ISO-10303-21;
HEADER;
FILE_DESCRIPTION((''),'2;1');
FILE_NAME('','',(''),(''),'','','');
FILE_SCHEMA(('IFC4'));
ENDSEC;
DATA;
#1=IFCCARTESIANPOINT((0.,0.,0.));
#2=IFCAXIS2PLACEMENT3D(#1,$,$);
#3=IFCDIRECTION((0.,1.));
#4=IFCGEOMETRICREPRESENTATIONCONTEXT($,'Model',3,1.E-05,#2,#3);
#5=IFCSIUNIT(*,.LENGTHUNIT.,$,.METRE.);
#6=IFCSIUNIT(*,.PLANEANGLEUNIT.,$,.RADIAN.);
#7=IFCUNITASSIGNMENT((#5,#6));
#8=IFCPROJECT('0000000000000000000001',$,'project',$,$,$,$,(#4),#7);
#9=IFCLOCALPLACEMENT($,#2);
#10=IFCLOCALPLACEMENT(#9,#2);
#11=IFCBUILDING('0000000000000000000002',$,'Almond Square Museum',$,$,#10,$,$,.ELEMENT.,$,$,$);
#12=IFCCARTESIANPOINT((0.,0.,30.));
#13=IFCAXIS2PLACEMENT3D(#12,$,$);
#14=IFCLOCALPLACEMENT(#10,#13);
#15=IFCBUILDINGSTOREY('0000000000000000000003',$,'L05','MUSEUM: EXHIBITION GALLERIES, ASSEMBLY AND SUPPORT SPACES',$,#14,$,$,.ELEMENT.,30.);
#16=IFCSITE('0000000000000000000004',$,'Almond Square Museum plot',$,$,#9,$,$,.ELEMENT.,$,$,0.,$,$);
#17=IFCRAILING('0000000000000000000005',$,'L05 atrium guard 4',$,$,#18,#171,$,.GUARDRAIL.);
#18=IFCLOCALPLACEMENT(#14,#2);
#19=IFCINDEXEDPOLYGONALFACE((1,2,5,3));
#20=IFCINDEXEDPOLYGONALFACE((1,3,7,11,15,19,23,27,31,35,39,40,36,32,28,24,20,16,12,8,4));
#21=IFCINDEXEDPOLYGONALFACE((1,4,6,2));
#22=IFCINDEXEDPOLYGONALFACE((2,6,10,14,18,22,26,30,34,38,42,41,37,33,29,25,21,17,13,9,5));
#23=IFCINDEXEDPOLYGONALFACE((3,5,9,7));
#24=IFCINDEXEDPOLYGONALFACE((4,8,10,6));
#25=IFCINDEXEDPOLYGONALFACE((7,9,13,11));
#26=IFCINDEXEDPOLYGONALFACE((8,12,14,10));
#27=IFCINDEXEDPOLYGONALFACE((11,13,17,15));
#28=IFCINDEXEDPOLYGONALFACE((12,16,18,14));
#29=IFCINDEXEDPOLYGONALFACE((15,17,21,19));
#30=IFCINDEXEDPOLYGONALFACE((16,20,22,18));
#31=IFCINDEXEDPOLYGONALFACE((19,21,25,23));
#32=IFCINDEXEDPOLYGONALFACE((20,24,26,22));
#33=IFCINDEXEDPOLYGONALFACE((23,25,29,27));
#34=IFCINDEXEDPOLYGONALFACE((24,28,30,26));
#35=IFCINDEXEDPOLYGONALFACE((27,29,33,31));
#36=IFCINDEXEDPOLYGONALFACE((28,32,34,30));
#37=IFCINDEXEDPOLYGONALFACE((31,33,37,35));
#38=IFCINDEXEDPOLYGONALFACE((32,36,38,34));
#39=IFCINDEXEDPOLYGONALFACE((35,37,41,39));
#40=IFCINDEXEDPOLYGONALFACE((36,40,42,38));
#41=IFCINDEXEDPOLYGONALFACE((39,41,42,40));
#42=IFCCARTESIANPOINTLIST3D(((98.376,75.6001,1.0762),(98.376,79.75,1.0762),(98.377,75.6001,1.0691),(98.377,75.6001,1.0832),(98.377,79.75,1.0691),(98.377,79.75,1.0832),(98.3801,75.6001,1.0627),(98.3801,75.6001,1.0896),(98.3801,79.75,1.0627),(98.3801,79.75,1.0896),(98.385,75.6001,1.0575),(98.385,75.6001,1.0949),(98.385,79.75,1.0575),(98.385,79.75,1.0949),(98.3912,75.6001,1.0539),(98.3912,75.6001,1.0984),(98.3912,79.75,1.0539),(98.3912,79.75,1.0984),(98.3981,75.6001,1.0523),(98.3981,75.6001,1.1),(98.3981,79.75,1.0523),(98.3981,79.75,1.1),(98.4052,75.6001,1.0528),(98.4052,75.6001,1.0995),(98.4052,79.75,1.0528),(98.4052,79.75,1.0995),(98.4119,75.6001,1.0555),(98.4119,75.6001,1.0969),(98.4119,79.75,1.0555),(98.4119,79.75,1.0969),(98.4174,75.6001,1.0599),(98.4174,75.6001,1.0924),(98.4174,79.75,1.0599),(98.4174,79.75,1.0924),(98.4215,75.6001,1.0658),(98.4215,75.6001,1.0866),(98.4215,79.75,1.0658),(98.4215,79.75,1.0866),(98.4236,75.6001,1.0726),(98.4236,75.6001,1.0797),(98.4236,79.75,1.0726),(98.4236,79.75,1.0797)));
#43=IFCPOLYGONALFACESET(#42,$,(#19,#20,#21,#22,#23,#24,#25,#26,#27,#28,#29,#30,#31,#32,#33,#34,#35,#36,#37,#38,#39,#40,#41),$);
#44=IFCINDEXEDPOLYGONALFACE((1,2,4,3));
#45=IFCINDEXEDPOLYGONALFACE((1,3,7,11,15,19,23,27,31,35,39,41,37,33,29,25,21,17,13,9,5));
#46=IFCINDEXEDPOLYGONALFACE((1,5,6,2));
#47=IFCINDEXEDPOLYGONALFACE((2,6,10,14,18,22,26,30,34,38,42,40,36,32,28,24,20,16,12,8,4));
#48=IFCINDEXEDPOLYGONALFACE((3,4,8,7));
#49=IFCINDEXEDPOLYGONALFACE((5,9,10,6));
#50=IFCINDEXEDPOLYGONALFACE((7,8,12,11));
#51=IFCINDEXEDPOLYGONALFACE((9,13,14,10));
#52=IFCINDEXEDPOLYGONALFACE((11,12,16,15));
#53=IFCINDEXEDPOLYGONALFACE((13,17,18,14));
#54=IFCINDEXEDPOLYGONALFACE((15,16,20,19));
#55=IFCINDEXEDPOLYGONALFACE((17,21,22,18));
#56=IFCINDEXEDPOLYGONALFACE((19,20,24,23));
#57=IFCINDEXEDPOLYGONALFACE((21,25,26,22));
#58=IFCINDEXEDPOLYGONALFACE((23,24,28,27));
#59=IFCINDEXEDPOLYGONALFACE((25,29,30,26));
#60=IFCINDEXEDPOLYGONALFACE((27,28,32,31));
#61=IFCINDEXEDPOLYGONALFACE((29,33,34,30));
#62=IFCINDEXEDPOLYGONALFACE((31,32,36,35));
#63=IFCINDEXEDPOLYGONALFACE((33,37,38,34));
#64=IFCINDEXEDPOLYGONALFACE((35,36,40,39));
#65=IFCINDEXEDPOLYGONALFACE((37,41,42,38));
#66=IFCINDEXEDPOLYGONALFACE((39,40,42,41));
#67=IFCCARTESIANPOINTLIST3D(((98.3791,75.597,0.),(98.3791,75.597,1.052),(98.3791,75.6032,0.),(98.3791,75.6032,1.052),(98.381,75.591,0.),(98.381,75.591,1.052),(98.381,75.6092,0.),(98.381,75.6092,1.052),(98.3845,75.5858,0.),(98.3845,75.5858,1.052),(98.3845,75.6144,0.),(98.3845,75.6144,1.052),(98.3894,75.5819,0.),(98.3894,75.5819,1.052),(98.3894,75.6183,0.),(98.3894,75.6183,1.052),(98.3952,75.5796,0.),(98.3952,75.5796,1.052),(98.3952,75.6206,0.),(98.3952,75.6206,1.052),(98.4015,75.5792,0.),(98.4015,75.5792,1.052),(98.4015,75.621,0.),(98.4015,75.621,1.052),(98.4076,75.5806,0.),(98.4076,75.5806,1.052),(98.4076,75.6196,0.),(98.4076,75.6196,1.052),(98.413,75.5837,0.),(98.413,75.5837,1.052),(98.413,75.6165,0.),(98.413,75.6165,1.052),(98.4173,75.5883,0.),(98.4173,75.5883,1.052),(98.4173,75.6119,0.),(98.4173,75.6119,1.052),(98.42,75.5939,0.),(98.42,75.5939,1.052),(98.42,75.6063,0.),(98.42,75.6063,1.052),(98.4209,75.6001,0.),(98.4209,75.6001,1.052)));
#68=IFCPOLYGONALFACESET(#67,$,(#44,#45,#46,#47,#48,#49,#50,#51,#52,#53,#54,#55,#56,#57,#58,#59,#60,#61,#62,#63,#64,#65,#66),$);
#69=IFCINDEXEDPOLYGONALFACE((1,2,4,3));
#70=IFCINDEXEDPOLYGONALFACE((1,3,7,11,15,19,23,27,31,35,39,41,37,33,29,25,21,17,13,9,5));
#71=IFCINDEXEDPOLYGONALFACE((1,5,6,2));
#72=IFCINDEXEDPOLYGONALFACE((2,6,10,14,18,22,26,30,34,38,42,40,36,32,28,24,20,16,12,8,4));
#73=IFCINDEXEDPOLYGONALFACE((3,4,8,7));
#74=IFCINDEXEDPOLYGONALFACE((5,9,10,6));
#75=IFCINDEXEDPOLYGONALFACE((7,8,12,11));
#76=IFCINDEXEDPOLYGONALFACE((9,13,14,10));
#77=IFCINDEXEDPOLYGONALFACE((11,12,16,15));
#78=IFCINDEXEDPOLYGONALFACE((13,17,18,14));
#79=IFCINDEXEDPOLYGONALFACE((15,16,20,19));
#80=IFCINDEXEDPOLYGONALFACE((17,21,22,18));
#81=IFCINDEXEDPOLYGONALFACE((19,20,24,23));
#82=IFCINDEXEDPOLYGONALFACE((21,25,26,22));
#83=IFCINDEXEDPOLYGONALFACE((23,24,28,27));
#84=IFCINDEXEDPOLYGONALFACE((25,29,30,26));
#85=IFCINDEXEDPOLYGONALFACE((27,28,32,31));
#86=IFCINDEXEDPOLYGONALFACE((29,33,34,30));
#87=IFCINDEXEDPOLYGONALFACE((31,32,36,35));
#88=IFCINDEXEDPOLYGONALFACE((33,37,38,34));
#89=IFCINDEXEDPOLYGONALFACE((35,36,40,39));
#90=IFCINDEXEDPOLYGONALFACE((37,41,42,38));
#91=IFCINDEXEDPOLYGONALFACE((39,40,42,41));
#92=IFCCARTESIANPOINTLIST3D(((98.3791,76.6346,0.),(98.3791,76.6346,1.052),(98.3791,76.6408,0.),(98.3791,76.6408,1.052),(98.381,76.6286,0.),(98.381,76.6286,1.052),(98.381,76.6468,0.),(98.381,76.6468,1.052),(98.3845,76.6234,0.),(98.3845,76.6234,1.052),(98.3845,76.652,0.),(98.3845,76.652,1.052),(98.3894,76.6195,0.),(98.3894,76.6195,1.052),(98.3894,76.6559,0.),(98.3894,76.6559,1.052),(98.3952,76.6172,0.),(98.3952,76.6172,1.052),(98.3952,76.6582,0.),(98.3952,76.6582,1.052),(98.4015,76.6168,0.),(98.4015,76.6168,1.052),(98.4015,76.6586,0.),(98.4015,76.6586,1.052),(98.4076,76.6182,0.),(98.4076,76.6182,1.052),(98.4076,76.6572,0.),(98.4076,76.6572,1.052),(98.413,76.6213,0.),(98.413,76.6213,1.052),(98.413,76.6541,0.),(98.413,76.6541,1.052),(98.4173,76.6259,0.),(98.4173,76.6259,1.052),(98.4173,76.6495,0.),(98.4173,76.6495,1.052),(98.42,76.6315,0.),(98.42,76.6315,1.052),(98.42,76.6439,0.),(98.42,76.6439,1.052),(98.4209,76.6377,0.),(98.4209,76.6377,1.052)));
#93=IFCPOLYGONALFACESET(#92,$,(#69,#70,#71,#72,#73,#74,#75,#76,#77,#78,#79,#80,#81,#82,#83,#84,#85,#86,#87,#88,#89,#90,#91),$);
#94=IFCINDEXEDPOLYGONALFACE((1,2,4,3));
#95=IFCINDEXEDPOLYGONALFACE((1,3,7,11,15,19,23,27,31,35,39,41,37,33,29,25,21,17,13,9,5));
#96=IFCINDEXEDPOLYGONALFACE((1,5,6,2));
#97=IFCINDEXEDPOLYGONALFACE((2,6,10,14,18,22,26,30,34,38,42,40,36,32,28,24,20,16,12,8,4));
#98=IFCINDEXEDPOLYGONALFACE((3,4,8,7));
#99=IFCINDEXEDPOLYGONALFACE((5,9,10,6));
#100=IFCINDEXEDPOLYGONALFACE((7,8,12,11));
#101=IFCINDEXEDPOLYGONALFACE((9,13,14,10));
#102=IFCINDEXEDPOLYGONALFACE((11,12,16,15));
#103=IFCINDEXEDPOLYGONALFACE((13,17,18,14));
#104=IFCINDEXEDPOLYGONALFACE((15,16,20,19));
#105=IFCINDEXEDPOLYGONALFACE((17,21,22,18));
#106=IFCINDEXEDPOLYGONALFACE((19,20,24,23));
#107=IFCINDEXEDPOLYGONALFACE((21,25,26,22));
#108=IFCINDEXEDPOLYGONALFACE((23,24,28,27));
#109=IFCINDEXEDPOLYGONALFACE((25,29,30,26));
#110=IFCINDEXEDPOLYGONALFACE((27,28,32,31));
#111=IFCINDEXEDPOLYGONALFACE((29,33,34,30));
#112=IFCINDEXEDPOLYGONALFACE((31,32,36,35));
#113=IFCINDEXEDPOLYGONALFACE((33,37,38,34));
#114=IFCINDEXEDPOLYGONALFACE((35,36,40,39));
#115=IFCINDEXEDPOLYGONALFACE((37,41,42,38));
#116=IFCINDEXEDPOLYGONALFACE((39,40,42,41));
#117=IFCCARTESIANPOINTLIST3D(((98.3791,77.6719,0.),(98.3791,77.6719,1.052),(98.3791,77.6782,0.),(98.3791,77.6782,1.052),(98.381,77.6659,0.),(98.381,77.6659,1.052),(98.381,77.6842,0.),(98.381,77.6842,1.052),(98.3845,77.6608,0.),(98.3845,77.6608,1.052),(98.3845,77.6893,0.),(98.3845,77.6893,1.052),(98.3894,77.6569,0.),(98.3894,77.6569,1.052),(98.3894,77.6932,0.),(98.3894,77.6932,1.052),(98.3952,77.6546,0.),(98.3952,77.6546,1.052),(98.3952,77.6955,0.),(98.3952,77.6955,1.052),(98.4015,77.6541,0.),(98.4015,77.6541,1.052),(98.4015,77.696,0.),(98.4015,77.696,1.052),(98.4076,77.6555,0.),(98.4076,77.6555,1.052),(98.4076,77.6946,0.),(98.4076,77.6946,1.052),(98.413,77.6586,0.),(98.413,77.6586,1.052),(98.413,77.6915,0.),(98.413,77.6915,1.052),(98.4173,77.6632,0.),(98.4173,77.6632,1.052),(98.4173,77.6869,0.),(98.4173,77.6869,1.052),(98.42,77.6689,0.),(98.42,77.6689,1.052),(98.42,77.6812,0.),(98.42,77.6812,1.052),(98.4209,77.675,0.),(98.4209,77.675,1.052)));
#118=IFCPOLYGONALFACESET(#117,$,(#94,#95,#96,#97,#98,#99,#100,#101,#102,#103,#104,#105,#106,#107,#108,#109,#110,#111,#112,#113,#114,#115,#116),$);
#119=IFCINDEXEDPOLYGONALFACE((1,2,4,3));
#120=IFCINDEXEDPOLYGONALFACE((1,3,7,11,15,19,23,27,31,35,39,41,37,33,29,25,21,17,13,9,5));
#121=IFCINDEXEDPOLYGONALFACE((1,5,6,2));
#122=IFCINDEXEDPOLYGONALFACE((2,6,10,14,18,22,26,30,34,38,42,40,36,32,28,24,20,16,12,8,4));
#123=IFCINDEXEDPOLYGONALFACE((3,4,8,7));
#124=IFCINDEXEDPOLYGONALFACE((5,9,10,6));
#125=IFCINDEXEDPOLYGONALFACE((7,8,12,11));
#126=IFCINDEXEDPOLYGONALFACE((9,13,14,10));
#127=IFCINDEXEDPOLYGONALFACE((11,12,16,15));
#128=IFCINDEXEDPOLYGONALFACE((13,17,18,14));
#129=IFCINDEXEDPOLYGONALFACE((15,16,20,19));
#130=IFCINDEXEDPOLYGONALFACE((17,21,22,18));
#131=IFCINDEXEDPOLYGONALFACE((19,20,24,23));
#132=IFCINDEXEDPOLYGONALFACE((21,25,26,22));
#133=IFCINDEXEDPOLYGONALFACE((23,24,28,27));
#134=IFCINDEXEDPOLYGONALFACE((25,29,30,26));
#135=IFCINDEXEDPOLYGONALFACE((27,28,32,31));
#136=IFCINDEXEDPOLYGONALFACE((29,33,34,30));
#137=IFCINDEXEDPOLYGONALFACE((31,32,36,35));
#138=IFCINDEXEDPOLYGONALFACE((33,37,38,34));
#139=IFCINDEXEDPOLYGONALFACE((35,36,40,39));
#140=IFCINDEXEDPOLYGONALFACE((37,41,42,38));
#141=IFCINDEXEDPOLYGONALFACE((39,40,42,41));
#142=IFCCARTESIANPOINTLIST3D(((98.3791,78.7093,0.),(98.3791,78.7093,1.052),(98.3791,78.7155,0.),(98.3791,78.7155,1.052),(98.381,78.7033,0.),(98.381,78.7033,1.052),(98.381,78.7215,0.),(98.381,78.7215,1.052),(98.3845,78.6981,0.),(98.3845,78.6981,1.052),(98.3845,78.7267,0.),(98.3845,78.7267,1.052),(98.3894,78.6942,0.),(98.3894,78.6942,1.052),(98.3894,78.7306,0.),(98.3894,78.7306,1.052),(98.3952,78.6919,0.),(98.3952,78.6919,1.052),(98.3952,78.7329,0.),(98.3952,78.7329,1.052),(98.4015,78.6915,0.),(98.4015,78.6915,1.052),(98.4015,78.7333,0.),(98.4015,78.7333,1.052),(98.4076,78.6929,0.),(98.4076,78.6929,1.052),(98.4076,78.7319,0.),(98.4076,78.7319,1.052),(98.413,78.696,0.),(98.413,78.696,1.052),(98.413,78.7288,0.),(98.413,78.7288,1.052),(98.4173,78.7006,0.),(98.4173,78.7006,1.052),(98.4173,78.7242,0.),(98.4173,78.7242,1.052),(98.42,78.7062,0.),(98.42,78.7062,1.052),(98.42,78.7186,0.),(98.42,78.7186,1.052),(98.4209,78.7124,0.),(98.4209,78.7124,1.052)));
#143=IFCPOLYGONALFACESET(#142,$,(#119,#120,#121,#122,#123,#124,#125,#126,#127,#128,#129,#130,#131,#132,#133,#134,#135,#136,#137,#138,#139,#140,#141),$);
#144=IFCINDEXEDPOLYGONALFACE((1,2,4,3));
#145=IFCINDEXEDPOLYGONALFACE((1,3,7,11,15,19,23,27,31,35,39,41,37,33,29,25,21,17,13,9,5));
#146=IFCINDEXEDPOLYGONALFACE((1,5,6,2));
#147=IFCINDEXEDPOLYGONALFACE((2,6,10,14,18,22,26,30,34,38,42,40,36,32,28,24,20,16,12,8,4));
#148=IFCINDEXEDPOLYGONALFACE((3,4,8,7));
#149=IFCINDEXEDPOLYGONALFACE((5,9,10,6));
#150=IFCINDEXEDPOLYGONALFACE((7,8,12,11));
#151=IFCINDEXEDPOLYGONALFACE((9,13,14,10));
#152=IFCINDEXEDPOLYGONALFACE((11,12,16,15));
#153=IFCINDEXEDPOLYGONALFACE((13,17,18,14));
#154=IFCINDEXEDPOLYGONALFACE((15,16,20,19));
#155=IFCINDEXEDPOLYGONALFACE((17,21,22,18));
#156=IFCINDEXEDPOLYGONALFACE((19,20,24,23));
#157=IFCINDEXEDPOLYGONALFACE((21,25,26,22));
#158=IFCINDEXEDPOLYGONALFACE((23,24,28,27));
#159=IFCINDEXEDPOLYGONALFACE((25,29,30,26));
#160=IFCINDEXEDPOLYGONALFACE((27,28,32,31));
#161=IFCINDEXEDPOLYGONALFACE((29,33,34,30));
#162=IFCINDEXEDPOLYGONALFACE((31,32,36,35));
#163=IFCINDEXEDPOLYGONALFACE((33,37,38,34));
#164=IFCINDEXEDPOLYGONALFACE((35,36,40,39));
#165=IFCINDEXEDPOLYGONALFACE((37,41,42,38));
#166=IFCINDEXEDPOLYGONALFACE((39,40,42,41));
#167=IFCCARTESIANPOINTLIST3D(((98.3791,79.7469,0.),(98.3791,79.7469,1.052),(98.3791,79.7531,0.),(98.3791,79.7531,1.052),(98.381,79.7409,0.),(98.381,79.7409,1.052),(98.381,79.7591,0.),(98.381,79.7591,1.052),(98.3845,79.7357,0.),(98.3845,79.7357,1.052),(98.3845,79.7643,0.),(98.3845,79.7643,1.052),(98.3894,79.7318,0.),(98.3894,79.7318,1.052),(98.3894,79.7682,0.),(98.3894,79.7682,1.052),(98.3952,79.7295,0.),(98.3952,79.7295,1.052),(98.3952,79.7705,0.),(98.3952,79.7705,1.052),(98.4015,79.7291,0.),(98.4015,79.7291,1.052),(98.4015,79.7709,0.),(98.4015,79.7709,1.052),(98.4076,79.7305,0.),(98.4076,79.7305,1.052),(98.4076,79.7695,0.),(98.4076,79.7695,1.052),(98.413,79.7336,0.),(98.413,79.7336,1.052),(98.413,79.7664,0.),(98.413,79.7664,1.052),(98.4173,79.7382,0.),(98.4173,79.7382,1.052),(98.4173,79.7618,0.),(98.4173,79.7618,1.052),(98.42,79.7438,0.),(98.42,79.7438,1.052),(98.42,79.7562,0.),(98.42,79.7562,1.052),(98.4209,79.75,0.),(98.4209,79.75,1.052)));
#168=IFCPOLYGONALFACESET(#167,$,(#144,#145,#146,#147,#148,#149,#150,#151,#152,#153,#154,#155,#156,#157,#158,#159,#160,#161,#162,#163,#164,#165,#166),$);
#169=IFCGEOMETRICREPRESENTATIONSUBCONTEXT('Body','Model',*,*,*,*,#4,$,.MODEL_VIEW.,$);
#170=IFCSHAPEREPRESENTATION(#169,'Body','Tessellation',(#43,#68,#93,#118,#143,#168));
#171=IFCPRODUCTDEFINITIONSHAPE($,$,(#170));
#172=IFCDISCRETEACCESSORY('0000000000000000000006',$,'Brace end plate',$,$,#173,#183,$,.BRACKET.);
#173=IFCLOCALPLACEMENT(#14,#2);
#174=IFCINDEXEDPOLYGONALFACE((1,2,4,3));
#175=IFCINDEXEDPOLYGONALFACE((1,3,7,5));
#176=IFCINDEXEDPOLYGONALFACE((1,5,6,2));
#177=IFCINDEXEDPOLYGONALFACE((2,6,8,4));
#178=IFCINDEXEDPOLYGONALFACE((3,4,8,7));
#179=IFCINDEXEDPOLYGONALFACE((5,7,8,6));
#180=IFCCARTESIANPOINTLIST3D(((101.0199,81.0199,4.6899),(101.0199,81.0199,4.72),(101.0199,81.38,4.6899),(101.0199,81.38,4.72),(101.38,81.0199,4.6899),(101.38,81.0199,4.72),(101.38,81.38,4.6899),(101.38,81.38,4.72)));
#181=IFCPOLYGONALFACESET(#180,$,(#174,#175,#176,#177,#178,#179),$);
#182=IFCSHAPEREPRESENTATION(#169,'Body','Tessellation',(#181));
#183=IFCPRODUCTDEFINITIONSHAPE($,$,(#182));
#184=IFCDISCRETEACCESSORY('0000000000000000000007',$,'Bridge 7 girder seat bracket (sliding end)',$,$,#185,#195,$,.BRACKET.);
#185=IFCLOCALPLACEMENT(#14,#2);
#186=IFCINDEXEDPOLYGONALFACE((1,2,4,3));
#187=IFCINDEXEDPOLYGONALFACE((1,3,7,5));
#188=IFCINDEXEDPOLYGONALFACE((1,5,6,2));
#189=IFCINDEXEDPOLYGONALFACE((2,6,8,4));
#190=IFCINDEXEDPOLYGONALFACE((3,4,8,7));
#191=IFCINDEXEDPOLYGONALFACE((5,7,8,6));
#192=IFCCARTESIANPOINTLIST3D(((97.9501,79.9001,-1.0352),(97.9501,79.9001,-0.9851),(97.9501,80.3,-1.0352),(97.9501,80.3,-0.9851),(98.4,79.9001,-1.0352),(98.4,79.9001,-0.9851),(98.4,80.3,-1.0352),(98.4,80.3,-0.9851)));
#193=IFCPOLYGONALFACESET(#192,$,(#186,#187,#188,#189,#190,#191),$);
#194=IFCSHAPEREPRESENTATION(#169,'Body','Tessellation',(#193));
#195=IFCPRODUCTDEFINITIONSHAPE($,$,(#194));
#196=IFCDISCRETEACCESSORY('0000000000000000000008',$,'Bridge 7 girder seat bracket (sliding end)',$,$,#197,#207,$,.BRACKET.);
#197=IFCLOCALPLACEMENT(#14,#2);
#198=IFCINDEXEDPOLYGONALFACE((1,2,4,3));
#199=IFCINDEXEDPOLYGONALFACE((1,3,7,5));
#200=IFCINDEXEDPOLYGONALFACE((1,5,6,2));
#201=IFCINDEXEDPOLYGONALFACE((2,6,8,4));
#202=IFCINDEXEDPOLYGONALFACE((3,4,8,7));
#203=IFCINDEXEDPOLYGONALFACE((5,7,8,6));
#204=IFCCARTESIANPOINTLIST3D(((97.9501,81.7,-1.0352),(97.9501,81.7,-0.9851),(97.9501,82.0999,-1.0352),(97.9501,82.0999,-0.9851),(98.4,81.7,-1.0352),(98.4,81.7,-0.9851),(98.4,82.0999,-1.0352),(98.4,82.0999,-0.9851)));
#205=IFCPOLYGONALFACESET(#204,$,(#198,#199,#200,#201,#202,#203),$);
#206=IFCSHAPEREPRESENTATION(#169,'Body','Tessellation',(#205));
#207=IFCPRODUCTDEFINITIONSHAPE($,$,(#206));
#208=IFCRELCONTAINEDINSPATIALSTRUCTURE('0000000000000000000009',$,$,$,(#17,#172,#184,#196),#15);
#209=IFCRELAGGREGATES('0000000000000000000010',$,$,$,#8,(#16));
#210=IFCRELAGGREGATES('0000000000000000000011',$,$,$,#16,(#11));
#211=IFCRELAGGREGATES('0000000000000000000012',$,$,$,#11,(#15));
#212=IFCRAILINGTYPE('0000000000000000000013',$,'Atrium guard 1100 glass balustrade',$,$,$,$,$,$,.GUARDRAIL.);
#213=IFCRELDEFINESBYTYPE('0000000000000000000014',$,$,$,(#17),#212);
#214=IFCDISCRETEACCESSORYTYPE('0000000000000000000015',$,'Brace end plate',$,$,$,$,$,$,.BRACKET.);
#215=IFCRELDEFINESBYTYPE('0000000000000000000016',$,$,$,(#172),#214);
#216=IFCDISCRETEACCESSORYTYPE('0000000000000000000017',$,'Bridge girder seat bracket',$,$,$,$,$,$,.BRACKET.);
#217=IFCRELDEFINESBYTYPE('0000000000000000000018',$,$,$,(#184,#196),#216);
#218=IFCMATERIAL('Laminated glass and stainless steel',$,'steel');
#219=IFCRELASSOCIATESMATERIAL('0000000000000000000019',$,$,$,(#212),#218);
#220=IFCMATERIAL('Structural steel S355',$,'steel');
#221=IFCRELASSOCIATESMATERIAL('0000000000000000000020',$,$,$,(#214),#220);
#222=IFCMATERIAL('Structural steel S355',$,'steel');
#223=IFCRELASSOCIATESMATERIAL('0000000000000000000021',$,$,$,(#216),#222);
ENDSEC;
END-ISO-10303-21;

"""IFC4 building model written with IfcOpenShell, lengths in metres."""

from ifc_helpers import new_model, si_unit, direction, frame, origin, origin_2d, place, context, subcontext, project, spatial, rectangle, circle, extrude, material, type_object, element, save


model = new_model("IFC4")

# Units and contexts
model_context = context("Model", 3, precision=1e-05, world=origin(), true_north=direction((0.0, 1.0)))
body_context = subcontext(model_context, "Body", "Model", "MODEL_VIEW")
ifc_project = project(units=[si_unit("LENGTHUNIT", "METRE"), si_unit("PLANEANGLEUNIT", "RADIAN")], contexts=[model_context])

# Site, building, storey
site_placement = place(None, origin())
site = spatial("IfcSite", under=ifc_project, at=site_placement, Name="Almond Square Museum plot", CompositionType="ELEMENT", RefElevation=0.0)
building_placement = place(site_placement, origin())
building = spatial("IfcBuilding", under=site, at=building_placement, Name="Almond Square Museum", CompositionType="ELEMENT")
storey_placement = place(building_placement, frame((0.0, 0.0, 30.0)))
storey = spatial("IfcBuildingStorey", under=building, at=storey_placement, Name="L05", Description="MUSEUM: EXHIBITION GALLERIES, ASSEMBLY AND SUPPORT SPACES", CompositionType="ELEMENT", Elevation=30.0)

# Railing
ifc_material_1 = material(Name="Laminated glass and stainless steel", Category="steel")
railing_type = type_object("IfcRailingType", Name="Atrium guard 1100 glass balustrade", PredefinedType="GUARDRAIL", material=ifc_material_1)
railing_1_placement = place(storey_placement, frame((98.3999, 75.6001, 0.0)))
element("IfcRailing", 1, at=railing_1_placement, inside=storey, type_object=railing_type, Name="L05 atrium guard 4", PredefinedType="GUARDRAIL", context=body_context, shape_type="SweptSolid", body=[
    extrude(circle(Radius=0.0239, at=origin_2d()), frame((0.0, 0.0, 1.0762), z_axis=(0.0, 1.0, 0.0), x_axis=(-1.0, 0.0, 0.0)), (0.0, 0.0, 1.0), 4.1499),
    extrude(circle(Radius=0.021, at=origin_2d()), origin(), (0.0, 0.0, 1.0), 1.052),
    extrude(circle(Radius=0.021, at=origin_2d()), frame((0.0, 1.0376, 0.0)), (0.0, 0.0, 1.0), 1.052),
    extrude(circle(Radius=0.021, at=origin_2d()), frame((0.0, 2.075, 0.0)), (0.0, 0.0, 1.0), 1.052),
    extrude(circle(Radius=0.021, at=origin_2d()), frame((0.0, 3.1123, 0.0)), (0.0, 0.0, 1.0), 1.052),
    extrude(circle(Radius=0.021, at=origin_2d()), frame((0.0, 4.1499, 0.0)), (0.0, 0.0, 1.0), 1.052),
])

# Discrete accessories
ifc_material_2 = material(Name="Structural steel S355", Category="steel")
discrete_accessory_type_1 = type_object("IfcDiscreteAccessoryType", Name="Brace end plate", PredefinedType="BRACKET", material=ifc_material_2)
discrete_accessory_placement = place(storey_placement, frame((101.2, 81.2, 4.6899), z_axis=(0.0, 0.0, 1.0), x_axis=(1.0, 0.0, 0.0)))
element("IfcDiscreteAccessory", 2, at=discrete_accessory_placement, inside=storey, type_object=discrete_accessory_type_1, Name="Brace end plate", PredefinedType="BRACKET", context=body_context, shape_type="SweptSolid", body=[
    extrude(rectangle(XDim=0.3601, YDim=0.3601, at=origin_2d()), origin(), (0.0, 0.0, 1.0), 0.03),
])
ifc_material_3 = material(Name="Structural steel S355", Category="steel")
discrete_accessory_type_2 = type_object("IfcDiscreteAccessoryType", Name="Bridge girder seat bracket", PredefinedType="BRACKET", material=ifc_material_3)
for number, where, z_axis, x_axis, name in (
    (3, (98.175, 80.1001, -1.0352), (0.0, 0.0, 1.0), (1.0, 0.0, 0.0), "Bridge 7 girder seat bracket (sliding end)"),
    (4, (98.175, 81.8999, -1.0352), (0.0, 0.0, 1.0), (1.0, 0.0, 0.0), "Bridge 7 girder seat bracket (sliding end)"),
):
    element("IfcDiscreteAccessory", number, at=place(storey_placement, frame(where, z_axis=z_axis, x_axis=x_axis)), inside=storey, type_object=discrete_accessory_type_2, Name=name, PredefinedType="BRACKET", context=body_context, shape_type="SweptSolid", body=[
        extrude(rectangle(XDim=0.45, YDim=0.3999, at=origin_2d()), origin(), (0.0, 0.0, 1.0), 0.05),
    ])

save(model, "model.ifc")
